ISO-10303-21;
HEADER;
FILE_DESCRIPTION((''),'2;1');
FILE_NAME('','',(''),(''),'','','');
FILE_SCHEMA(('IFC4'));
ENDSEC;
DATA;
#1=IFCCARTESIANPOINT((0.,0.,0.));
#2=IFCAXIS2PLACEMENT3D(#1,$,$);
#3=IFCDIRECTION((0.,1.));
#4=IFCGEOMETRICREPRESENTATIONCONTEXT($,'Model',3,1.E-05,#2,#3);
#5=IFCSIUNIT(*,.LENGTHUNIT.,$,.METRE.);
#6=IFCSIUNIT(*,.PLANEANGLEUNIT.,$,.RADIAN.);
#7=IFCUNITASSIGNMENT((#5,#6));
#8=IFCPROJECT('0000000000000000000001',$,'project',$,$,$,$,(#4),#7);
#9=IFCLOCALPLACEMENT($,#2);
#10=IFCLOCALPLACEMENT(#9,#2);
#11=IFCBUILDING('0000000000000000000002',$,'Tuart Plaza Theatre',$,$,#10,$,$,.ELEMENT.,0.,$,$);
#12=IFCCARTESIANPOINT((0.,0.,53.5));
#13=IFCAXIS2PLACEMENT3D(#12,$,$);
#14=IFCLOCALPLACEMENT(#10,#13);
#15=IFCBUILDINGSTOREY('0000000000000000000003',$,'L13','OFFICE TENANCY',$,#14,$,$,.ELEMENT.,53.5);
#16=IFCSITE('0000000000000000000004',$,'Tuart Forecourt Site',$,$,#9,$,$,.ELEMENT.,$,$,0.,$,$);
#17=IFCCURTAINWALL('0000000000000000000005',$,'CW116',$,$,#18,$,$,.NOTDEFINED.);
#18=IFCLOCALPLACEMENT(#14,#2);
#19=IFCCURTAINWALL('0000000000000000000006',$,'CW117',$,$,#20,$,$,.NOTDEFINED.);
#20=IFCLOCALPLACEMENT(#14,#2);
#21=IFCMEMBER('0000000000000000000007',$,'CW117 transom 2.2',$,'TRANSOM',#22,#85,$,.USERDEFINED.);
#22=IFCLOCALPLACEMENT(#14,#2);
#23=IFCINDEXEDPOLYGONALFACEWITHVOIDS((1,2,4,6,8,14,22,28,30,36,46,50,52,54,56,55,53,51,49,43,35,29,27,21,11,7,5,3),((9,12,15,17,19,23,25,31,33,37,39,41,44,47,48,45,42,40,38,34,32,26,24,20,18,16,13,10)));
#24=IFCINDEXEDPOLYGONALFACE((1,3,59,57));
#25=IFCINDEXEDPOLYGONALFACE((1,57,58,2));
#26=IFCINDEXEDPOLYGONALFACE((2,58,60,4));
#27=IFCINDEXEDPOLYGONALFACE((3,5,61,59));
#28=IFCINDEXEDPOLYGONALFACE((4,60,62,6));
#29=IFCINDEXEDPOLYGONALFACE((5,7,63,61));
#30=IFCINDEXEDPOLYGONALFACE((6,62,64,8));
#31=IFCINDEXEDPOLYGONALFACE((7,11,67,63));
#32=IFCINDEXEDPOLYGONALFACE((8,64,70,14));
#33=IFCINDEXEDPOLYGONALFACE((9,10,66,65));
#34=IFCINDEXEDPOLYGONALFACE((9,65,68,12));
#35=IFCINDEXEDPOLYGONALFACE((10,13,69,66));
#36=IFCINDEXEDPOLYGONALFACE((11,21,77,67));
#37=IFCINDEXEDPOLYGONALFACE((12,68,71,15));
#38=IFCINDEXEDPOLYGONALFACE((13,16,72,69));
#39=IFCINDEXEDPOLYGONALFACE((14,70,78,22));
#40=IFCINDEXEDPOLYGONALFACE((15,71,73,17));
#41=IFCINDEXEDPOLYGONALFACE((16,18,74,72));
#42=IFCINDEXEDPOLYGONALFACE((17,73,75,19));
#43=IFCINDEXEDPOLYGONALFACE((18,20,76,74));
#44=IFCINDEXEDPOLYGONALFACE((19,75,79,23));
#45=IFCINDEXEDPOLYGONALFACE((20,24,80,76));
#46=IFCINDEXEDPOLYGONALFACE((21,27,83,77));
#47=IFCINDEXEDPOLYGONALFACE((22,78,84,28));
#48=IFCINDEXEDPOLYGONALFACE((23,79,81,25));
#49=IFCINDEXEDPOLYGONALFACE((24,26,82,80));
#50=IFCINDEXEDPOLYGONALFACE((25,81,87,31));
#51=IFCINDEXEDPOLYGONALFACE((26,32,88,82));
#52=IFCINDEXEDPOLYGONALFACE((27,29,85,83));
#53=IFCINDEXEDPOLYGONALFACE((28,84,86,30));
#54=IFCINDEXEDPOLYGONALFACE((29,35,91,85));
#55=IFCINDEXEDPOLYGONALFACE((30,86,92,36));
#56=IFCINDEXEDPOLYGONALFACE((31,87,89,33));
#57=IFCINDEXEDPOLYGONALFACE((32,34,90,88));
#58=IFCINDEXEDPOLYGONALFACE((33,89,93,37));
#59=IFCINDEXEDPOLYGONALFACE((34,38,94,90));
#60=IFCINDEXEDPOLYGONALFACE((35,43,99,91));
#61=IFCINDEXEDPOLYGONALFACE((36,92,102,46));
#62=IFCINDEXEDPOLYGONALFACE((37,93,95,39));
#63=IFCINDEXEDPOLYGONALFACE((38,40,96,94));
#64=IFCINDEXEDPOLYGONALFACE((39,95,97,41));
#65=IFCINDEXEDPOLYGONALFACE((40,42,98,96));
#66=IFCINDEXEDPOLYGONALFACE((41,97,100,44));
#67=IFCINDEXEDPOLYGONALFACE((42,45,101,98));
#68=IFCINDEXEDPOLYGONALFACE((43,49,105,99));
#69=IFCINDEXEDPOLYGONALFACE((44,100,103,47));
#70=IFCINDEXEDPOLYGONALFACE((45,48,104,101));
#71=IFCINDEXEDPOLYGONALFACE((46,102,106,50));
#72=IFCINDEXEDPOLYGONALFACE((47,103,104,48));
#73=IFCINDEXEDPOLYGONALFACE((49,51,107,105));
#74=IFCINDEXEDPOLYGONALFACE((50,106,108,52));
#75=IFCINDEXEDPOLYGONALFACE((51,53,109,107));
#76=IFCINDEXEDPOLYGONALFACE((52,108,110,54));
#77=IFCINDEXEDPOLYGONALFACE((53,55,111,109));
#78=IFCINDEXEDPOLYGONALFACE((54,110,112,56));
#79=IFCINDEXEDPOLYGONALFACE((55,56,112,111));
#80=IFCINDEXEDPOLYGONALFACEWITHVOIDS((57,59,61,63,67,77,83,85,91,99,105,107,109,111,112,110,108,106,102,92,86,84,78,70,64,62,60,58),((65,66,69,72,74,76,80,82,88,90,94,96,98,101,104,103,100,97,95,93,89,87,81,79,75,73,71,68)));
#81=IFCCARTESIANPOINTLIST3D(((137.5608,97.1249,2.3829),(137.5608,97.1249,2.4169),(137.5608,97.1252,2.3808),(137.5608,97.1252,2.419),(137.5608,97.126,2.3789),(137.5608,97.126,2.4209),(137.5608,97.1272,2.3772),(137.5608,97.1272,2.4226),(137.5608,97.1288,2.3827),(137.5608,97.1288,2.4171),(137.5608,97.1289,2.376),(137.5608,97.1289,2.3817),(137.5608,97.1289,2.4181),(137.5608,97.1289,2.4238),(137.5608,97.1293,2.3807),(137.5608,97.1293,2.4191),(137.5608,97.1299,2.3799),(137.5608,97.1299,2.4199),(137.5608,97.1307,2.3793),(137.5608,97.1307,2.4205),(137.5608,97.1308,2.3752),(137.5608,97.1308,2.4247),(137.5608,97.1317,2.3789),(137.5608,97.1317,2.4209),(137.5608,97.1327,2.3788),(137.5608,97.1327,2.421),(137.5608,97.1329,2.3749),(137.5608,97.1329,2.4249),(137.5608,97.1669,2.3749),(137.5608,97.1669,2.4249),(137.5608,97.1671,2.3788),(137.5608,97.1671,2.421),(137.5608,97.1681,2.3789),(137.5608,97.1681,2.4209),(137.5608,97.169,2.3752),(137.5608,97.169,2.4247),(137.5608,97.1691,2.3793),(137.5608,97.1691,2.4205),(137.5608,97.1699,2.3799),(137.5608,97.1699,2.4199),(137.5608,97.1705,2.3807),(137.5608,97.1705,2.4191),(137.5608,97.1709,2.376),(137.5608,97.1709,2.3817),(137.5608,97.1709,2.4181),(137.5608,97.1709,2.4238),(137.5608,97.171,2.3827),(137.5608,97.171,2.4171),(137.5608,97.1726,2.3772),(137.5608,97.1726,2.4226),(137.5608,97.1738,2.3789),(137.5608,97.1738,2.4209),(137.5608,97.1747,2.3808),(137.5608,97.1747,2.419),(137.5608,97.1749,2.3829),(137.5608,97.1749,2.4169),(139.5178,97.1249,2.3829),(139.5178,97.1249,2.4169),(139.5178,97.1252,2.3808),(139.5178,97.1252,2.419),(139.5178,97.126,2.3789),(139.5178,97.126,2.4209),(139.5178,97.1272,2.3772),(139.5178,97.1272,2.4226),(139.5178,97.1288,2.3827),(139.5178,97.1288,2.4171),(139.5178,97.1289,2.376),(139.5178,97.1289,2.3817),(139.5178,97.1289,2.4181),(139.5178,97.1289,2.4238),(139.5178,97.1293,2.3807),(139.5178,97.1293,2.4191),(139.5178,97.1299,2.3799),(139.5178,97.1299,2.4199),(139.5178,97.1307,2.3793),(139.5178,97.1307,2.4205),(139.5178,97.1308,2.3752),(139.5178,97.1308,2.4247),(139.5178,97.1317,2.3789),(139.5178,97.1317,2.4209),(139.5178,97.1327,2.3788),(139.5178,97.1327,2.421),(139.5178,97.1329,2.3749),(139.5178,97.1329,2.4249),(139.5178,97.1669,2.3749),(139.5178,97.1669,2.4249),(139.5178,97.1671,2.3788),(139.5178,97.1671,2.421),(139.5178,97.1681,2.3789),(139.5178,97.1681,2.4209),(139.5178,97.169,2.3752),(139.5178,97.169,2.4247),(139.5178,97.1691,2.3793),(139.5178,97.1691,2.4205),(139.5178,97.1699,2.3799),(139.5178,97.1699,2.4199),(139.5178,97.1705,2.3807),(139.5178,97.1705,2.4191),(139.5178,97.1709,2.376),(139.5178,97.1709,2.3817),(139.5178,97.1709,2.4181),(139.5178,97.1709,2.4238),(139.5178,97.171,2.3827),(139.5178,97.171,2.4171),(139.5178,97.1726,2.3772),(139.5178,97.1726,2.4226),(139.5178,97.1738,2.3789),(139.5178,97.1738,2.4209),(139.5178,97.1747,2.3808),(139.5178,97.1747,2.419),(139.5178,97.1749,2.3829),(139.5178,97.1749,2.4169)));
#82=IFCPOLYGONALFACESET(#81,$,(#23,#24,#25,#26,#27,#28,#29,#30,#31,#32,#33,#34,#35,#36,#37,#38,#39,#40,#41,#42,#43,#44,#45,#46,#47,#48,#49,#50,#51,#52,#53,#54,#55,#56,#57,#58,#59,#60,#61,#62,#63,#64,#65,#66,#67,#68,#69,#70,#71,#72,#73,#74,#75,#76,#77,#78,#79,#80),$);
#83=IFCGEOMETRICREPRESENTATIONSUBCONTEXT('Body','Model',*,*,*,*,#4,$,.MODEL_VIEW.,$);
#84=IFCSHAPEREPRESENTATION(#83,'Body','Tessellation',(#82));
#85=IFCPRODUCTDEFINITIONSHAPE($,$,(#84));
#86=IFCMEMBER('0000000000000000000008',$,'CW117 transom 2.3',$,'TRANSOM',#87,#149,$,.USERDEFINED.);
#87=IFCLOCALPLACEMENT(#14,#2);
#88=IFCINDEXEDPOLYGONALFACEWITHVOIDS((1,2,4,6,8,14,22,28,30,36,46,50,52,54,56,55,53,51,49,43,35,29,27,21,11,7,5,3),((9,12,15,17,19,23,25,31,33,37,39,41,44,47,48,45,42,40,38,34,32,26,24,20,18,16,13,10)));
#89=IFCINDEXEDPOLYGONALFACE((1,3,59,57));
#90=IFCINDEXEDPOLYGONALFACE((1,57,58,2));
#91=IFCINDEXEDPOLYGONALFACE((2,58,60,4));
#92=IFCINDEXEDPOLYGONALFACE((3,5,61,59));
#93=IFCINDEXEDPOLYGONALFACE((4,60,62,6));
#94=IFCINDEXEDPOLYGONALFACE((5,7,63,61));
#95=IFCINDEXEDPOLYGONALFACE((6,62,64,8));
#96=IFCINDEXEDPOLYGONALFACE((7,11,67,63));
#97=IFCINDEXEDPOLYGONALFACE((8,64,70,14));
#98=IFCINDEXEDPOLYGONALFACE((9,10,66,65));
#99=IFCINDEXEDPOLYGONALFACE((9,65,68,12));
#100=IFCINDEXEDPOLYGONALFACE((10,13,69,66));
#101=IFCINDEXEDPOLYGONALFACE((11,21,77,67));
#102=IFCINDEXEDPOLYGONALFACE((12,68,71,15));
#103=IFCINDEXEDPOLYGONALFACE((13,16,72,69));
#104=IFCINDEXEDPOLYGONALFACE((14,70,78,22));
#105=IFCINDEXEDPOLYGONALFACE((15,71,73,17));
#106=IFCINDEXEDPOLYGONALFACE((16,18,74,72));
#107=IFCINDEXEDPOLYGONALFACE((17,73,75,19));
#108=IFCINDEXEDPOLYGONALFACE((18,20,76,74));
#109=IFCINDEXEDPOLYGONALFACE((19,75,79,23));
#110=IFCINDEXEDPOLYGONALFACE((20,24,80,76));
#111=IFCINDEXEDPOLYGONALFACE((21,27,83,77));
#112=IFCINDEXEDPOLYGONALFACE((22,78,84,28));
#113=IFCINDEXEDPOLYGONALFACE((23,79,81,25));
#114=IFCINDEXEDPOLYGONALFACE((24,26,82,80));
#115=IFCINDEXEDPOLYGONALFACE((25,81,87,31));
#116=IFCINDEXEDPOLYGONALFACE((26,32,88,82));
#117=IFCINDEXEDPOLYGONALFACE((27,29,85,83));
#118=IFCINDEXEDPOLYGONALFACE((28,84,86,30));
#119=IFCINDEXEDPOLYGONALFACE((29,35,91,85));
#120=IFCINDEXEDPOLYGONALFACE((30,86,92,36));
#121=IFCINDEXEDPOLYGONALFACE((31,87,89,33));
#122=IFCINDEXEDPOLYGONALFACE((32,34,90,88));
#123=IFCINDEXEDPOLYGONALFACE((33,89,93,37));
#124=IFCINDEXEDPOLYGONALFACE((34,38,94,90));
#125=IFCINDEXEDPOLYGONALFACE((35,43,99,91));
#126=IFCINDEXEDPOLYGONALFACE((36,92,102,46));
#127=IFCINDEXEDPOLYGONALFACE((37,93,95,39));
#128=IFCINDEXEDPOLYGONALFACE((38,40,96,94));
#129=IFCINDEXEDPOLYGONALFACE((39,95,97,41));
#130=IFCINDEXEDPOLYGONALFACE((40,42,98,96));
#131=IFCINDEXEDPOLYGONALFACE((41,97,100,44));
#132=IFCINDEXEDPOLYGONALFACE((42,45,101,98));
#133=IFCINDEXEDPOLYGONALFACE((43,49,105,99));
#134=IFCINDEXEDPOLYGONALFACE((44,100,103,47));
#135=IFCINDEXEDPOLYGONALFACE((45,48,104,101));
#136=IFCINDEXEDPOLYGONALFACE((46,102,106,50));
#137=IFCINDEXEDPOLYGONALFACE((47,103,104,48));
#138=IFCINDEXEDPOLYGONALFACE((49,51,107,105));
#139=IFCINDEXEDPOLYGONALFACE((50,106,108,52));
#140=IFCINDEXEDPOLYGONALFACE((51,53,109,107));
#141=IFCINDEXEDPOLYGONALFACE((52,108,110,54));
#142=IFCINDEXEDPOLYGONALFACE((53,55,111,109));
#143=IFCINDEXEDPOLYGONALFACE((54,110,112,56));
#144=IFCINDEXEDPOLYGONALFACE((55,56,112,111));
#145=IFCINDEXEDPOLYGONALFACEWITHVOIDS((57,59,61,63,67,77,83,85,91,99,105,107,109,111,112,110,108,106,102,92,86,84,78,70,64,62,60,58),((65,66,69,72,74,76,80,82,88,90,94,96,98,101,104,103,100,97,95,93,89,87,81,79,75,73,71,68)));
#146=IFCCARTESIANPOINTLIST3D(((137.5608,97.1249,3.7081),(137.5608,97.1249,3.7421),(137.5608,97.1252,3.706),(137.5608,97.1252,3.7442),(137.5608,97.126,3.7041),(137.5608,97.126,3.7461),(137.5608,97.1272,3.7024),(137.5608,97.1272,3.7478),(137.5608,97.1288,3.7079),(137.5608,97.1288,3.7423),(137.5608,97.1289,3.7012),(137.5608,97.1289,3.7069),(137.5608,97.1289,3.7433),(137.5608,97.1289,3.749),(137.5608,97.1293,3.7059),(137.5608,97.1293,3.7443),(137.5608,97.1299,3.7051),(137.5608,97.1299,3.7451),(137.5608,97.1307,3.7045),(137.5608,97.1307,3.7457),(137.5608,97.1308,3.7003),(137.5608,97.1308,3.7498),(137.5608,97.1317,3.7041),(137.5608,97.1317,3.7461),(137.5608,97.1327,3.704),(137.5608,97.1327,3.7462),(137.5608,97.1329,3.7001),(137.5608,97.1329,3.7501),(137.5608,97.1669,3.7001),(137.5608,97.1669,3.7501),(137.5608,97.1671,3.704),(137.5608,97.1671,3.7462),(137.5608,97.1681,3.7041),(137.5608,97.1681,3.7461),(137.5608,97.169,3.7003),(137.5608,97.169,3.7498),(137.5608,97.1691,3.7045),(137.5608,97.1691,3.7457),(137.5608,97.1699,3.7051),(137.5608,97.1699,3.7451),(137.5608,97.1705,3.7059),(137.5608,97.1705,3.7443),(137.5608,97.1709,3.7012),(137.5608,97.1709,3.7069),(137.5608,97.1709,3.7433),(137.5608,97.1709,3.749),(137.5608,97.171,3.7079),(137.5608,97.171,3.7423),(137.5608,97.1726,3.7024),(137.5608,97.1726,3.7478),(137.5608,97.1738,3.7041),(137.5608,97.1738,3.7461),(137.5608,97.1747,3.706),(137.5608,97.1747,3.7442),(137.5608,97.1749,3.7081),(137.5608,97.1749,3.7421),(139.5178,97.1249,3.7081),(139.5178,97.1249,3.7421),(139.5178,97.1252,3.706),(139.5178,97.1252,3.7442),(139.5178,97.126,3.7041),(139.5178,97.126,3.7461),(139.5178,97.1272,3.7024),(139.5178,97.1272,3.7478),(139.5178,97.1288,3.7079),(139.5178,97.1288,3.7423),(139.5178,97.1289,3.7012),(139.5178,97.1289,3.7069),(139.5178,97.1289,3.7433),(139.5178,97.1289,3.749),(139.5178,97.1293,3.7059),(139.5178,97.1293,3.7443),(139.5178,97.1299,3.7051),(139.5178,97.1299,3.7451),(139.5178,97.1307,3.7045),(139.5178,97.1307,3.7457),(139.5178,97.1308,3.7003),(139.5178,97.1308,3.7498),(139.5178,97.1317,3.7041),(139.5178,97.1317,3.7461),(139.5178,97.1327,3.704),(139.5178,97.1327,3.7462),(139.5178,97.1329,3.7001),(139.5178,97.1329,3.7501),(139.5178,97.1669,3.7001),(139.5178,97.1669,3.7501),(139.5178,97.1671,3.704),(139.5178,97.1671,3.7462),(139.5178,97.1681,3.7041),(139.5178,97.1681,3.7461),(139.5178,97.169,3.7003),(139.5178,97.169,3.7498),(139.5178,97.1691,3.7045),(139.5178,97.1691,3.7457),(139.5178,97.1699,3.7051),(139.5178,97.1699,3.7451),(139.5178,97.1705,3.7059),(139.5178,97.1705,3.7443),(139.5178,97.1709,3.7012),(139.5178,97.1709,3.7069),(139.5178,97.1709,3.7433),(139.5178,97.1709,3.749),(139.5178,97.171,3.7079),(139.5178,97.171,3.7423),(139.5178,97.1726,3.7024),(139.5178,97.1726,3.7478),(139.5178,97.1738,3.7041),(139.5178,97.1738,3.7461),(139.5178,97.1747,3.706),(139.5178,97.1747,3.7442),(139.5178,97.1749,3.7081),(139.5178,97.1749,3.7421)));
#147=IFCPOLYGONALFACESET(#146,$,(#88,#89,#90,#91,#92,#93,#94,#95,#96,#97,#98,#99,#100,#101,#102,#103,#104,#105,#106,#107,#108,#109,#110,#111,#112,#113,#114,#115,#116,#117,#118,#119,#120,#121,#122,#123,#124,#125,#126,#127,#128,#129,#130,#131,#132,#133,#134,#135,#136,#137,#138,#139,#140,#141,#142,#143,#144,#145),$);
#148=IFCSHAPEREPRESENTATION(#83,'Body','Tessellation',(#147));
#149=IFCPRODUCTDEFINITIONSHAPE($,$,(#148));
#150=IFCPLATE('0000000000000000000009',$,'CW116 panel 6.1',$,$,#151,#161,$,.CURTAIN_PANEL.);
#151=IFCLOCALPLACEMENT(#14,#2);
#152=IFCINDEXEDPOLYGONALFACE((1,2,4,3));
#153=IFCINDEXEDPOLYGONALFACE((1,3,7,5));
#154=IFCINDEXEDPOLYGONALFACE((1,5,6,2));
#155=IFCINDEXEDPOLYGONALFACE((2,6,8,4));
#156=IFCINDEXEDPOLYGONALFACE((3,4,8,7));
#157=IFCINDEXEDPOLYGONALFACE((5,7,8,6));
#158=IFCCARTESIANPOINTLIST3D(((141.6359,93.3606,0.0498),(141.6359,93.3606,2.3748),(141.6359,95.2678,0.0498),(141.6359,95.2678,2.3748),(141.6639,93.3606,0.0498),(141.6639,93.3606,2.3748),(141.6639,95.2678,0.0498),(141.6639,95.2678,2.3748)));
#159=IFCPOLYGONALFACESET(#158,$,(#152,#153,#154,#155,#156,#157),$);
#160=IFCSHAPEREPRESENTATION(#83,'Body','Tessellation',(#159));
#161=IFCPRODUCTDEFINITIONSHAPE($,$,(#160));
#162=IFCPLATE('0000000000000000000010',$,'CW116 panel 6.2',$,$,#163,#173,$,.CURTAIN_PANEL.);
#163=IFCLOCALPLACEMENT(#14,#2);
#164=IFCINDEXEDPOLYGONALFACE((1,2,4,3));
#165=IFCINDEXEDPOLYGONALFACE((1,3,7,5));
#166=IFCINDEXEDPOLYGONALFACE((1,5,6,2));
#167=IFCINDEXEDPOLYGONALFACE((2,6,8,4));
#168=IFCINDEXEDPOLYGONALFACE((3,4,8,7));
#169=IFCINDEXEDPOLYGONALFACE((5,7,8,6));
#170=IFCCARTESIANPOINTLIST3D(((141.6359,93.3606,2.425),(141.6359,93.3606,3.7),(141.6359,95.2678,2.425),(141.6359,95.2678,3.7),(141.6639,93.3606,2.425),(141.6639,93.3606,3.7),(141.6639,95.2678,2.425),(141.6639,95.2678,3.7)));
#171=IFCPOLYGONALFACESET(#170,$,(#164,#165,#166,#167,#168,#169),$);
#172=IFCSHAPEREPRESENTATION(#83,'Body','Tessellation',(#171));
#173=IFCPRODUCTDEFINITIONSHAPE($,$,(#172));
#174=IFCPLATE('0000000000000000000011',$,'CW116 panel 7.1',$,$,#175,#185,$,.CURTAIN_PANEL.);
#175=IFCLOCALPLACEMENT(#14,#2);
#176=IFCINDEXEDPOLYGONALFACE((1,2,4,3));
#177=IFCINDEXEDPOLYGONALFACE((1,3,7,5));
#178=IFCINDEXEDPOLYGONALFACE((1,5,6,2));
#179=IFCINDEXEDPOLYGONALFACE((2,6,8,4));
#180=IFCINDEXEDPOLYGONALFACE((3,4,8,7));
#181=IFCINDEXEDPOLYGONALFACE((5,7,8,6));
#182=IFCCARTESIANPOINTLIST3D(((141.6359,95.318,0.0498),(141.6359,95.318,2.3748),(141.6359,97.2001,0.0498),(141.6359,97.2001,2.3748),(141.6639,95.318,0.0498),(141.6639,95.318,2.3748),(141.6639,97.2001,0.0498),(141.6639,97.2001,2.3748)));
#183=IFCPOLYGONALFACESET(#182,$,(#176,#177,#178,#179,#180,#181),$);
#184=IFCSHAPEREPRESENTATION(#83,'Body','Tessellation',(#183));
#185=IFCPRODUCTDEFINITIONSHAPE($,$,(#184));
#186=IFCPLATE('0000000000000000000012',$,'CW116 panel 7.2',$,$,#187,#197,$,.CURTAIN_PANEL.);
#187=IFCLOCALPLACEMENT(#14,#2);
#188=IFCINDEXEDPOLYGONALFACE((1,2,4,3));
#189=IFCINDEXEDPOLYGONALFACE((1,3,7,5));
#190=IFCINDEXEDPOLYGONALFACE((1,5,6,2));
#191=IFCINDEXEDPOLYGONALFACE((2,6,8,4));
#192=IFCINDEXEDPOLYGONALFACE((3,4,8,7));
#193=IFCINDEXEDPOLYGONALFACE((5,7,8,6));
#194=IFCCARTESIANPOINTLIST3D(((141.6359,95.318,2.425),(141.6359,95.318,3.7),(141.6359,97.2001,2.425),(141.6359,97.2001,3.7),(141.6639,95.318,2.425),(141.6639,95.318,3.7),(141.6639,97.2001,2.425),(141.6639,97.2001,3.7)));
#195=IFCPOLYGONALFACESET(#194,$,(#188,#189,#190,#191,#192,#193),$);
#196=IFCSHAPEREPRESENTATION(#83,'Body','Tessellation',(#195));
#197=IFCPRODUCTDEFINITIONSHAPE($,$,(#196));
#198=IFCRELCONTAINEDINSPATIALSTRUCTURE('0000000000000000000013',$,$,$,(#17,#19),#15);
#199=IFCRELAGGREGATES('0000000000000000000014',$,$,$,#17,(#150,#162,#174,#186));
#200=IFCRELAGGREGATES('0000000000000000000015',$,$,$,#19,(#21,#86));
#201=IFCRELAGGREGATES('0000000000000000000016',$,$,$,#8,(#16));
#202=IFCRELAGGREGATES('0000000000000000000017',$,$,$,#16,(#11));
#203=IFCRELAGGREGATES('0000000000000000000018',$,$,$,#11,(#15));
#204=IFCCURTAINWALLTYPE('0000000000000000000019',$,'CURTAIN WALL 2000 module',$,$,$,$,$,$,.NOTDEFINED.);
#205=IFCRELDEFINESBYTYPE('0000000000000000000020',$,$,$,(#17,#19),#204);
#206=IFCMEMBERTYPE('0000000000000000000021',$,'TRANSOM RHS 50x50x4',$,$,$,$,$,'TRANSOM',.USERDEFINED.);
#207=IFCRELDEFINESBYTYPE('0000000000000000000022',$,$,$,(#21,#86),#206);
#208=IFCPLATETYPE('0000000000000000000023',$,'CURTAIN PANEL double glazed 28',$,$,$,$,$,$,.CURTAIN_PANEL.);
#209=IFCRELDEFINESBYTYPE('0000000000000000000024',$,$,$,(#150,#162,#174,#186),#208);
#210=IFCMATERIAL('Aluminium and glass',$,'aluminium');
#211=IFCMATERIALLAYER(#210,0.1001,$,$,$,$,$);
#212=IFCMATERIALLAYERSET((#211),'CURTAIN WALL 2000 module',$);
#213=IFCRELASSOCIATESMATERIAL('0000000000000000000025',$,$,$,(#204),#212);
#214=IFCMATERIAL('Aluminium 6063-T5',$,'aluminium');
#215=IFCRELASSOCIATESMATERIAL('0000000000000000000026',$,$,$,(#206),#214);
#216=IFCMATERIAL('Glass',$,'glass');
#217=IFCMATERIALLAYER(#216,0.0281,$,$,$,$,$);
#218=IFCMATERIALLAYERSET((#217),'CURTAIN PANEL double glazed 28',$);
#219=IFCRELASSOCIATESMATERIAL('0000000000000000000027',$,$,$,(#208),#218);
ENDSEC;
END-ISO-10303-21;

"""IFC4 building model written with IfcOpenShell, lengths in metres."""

from ifc_helpers import new_model, si_unit, direction, frame, origin, origin_2d, place, context, subcontext, project, spatial, rectangle, hollow_rectangle, extrude, material, layer, layer_set, material_profile, profile_set, type_object, element, aggregate, save


model = new_model("IFC4")

# Units and contexts
model_context = context("Model", 3, precision=1e-05, world=origin(), true_north=direction((0.0, 1.0)))
body_context = subcontext(model_context, "Body", "Model", "MODEL_VIEW")
ifc_project = project(units=[si_unit("LENGTHUNIT", "METRE"), si_unit("PLANEANGLEUNIT", "RADIAN")], contexts=[model_context])

# Site, building, storey
site_placement = place(None, origin())
site = spatial("IfcSite", under=ifc_project, at=site_placement, Name="Tuart Forecourt Site", CompositionType="ELEMENT", RefElevation=0.0)
building_placement = place(site_placement, origin())
building = spatial("IfcBuilding", under=site, at=building_placement, Name="Tuart Plaza Theatre", CompositionType="ELEMENT", ElevationOfRefHeight=0.0)
storey_placement = place(building_placement, frame((0.0, 0.0, 53.5)))
storey = spatial("IfcBuildingStorey", under=building, at=storey_placement, Name="L13", Description="OFFICE TENANCY", CompositionType="ELEMENT", Elevation=53.5)

# Curtain walls
ifc_material_1 = material(Name="Aluminium and glass", Category="aluminium")
ifc_layer_1 = layer(ifc_material_1, 0.1001)
ifc_layer_set_1 = layer_set([ifc_layer_1], Name="CURTAIN WALL 2000 module")
curtain_wall_type = type_object("IfcCurtainWallType", Name="CURTAIN WALL 2000 module", PredefinedType="NOTDEFINED", material=ifc_layer_set_1)
curtain_wall_1_placement = place(storey_placement, origin())
curtain_wall_1 = element("IfcCurtainWall", 1, at=curtain_wall_1_placement, inside=storey, type_object=curtain_wall_type, Name="CW116", PredefinedType="NOTDEFINED")
curtain_wall_2_placement = place(storey_placement, origin())
curtain_wall_2 = element("IfcCurtainWall", 2, at=curtain_wall_2_placement, inside=storey, type_object=curtain_wall_type, Name="CW117", PredefinedType="NOTDEFINED")

# Members
ifc_material_2 = material(Name="Aluminium 6063-T5", Category="aluminium")
ifc_material_profile_1 = material_profile(ifc_material_2, hollow_rectangle(XDim=0.05, YDim=0.05, WallThickness=0.0039, InnerFilletRadius=0.0039, OuterFilletRadius=0.0081, at=origin_2d()), Name="RHS 50x50x4")
ifc_profile_set_1 = profile_set([ifc_material_profile_1], Name="Aluminium 6063-T5")
member_type_1 = type_object("IfcMemberType", Name="TRANSOM RHS 50x50x4", ElementType="TRANSOM", PredefinedType="USERDEFINED", material=ifc_profile_set_1)
member_1_placement = place(storey_placement, frame((139.5178, 97.1499, 2.3999), z_axis=(-1.0, 0.0, 0.0), x_axis=(0.0, -1.0, 0.0)))
member_1 = element("IfcMember", 3, at=member_1_placement, type_object=member_type_1, Name="CW117 transom 2.2", ObjectType="TRANSOM", PredefinedType="USERDEFINED", context=body_context, shape_type="SweptSolid", body=[
    extrude(hollow_rectangle(XDim=0.05, YDim=0.05, WallThickness=0.0039, InnerFilletRadius=0.0039, OuterFilletRadius=0.0081, at=origin_2d()), origin(), (0.0, 0.0, 1.0), 1.957),
])
member_2_placement = place(storey_placement, frame((139.5178, 97.1499, 3.7251), z_axis=(-1.0, 0.0, 0.0), x_axis=(0.0, -1.0, 0.0)))
member_2 = element("IfcMember", 4, at=member_2_placement, type_object=member_type_1, Name="CW117 transom 2.3", ObjectType="TRANSOM", PredefinedType="USERDEFINED", context=body_context, shape_type="SweptSolid", body=[
    extrude(hollow_rectangle(XDim=0.05, YDim=0.05, WallThickness=0.0039, InnerFilletRadius=0.0039, OuterFilletRadius=0.0081, at=origin_2d()), origin(), (0.0, 0.0, 1.0), 1.957),
])

# Plates
ifc_material_3 = material(Name="Glass", Category="glass")
ifc_layer_2 = layer(ifc_material_3, 0.0281)
ifc_layer_set_2 = layer_set([ifc_layer_2], Name="CURTAIN PANEL double glazed 28")
plate_type = type_object("IfcPlateType", Name="CURTAIN PANEL double glazed 28", PredefinedType="CURTAIN_PANEL", material=ifc_layer_set_2)
plate_1_placement = place(storey_placement, frame((141.6499, 94.3142, 0.0498), z_axis=(0.0, 0.0, 1.0), x_axis=(0.0, 1.0, 0.0)))
plate_1 = element("IfcPlate", 5, at=plate_1_placement, type_object=plate_type, Name="CW116 panel 6.1", PredefinedType="CURTAIN_PANEL", context=body_context, shape_type="SweptSolid", body=[
    extrude(rectangle(XDim=1.9072, YDim=0.0281, at=origin_2d()), origin(), (0.0, 0.0, 1.0), 2.325),
])
plate_2_placement = place(storey_placement, frame((141.6499, 94.3142, 2.425), z_axis=(0.0, 0.0, 1.0), x_axis=(0.0, 1.0, 0.0)))
plate_2 = element("IfcPlate", 6, at=plate_2_placement, type_object=plate_type, Name="CW116 panel 6.2", PredefinedType="CURTAIN_PANEL", context=body_context, shape_type="SweptSolid", body=[
    extrude(rectangle(XDim=1.9072, YDim=0.0281, at=origin_2d()), origin(), (0.0, 0.0, 1.0), 1.2749),
])
plate_3_placement = place(storey_placement, frame((141.6499, 96.259, 0.0498), z_axis=(0.0, 0.0, 1.0), x_axis=(0.0, 1.0, 0.0)))
plate_3 = element("IfcPlate", 7, at=plate_3_placement, type_object=plate_type, Name="CW116 panel 7.1", PredefinedType="CURTAIN_PANEL", context=body_context, shape_type="SweptSolid", body=[
    extrude(rectangle(XDim=1.8821, YDim=0.0281, at=origin_2d()), origin(), (0.0, 0.0, 1.0), 2.325),
])
plate_4_placement = place(storey_placement, frame((141.6499, 96.259, 2.425), z_axis=(0.0, 0.0, 1.0), x_axis=(0.0, 1.0, 0.0)))
plate_4 = element("IfcPlate", 8, at=plate_4_placement, type_object=plate_type, Name="CW116 panel 7.2", PredefinedType="CURTAIN_PANEL", context=body_context, shape_type="SweptSolid", body=[
    extrude(rectangle(XDim=1.8821, YDim=0.0281, at=origin_2d()), origin(), (0.0, 0.0, 1.0), 1.2749),
])
aggregate(curtain_wall_1, [plate_1, plate_2, plate_3, plate_4])
aggregate(curtain_wall_2, [member_1, member_2])

save(model, "model.ifc")
